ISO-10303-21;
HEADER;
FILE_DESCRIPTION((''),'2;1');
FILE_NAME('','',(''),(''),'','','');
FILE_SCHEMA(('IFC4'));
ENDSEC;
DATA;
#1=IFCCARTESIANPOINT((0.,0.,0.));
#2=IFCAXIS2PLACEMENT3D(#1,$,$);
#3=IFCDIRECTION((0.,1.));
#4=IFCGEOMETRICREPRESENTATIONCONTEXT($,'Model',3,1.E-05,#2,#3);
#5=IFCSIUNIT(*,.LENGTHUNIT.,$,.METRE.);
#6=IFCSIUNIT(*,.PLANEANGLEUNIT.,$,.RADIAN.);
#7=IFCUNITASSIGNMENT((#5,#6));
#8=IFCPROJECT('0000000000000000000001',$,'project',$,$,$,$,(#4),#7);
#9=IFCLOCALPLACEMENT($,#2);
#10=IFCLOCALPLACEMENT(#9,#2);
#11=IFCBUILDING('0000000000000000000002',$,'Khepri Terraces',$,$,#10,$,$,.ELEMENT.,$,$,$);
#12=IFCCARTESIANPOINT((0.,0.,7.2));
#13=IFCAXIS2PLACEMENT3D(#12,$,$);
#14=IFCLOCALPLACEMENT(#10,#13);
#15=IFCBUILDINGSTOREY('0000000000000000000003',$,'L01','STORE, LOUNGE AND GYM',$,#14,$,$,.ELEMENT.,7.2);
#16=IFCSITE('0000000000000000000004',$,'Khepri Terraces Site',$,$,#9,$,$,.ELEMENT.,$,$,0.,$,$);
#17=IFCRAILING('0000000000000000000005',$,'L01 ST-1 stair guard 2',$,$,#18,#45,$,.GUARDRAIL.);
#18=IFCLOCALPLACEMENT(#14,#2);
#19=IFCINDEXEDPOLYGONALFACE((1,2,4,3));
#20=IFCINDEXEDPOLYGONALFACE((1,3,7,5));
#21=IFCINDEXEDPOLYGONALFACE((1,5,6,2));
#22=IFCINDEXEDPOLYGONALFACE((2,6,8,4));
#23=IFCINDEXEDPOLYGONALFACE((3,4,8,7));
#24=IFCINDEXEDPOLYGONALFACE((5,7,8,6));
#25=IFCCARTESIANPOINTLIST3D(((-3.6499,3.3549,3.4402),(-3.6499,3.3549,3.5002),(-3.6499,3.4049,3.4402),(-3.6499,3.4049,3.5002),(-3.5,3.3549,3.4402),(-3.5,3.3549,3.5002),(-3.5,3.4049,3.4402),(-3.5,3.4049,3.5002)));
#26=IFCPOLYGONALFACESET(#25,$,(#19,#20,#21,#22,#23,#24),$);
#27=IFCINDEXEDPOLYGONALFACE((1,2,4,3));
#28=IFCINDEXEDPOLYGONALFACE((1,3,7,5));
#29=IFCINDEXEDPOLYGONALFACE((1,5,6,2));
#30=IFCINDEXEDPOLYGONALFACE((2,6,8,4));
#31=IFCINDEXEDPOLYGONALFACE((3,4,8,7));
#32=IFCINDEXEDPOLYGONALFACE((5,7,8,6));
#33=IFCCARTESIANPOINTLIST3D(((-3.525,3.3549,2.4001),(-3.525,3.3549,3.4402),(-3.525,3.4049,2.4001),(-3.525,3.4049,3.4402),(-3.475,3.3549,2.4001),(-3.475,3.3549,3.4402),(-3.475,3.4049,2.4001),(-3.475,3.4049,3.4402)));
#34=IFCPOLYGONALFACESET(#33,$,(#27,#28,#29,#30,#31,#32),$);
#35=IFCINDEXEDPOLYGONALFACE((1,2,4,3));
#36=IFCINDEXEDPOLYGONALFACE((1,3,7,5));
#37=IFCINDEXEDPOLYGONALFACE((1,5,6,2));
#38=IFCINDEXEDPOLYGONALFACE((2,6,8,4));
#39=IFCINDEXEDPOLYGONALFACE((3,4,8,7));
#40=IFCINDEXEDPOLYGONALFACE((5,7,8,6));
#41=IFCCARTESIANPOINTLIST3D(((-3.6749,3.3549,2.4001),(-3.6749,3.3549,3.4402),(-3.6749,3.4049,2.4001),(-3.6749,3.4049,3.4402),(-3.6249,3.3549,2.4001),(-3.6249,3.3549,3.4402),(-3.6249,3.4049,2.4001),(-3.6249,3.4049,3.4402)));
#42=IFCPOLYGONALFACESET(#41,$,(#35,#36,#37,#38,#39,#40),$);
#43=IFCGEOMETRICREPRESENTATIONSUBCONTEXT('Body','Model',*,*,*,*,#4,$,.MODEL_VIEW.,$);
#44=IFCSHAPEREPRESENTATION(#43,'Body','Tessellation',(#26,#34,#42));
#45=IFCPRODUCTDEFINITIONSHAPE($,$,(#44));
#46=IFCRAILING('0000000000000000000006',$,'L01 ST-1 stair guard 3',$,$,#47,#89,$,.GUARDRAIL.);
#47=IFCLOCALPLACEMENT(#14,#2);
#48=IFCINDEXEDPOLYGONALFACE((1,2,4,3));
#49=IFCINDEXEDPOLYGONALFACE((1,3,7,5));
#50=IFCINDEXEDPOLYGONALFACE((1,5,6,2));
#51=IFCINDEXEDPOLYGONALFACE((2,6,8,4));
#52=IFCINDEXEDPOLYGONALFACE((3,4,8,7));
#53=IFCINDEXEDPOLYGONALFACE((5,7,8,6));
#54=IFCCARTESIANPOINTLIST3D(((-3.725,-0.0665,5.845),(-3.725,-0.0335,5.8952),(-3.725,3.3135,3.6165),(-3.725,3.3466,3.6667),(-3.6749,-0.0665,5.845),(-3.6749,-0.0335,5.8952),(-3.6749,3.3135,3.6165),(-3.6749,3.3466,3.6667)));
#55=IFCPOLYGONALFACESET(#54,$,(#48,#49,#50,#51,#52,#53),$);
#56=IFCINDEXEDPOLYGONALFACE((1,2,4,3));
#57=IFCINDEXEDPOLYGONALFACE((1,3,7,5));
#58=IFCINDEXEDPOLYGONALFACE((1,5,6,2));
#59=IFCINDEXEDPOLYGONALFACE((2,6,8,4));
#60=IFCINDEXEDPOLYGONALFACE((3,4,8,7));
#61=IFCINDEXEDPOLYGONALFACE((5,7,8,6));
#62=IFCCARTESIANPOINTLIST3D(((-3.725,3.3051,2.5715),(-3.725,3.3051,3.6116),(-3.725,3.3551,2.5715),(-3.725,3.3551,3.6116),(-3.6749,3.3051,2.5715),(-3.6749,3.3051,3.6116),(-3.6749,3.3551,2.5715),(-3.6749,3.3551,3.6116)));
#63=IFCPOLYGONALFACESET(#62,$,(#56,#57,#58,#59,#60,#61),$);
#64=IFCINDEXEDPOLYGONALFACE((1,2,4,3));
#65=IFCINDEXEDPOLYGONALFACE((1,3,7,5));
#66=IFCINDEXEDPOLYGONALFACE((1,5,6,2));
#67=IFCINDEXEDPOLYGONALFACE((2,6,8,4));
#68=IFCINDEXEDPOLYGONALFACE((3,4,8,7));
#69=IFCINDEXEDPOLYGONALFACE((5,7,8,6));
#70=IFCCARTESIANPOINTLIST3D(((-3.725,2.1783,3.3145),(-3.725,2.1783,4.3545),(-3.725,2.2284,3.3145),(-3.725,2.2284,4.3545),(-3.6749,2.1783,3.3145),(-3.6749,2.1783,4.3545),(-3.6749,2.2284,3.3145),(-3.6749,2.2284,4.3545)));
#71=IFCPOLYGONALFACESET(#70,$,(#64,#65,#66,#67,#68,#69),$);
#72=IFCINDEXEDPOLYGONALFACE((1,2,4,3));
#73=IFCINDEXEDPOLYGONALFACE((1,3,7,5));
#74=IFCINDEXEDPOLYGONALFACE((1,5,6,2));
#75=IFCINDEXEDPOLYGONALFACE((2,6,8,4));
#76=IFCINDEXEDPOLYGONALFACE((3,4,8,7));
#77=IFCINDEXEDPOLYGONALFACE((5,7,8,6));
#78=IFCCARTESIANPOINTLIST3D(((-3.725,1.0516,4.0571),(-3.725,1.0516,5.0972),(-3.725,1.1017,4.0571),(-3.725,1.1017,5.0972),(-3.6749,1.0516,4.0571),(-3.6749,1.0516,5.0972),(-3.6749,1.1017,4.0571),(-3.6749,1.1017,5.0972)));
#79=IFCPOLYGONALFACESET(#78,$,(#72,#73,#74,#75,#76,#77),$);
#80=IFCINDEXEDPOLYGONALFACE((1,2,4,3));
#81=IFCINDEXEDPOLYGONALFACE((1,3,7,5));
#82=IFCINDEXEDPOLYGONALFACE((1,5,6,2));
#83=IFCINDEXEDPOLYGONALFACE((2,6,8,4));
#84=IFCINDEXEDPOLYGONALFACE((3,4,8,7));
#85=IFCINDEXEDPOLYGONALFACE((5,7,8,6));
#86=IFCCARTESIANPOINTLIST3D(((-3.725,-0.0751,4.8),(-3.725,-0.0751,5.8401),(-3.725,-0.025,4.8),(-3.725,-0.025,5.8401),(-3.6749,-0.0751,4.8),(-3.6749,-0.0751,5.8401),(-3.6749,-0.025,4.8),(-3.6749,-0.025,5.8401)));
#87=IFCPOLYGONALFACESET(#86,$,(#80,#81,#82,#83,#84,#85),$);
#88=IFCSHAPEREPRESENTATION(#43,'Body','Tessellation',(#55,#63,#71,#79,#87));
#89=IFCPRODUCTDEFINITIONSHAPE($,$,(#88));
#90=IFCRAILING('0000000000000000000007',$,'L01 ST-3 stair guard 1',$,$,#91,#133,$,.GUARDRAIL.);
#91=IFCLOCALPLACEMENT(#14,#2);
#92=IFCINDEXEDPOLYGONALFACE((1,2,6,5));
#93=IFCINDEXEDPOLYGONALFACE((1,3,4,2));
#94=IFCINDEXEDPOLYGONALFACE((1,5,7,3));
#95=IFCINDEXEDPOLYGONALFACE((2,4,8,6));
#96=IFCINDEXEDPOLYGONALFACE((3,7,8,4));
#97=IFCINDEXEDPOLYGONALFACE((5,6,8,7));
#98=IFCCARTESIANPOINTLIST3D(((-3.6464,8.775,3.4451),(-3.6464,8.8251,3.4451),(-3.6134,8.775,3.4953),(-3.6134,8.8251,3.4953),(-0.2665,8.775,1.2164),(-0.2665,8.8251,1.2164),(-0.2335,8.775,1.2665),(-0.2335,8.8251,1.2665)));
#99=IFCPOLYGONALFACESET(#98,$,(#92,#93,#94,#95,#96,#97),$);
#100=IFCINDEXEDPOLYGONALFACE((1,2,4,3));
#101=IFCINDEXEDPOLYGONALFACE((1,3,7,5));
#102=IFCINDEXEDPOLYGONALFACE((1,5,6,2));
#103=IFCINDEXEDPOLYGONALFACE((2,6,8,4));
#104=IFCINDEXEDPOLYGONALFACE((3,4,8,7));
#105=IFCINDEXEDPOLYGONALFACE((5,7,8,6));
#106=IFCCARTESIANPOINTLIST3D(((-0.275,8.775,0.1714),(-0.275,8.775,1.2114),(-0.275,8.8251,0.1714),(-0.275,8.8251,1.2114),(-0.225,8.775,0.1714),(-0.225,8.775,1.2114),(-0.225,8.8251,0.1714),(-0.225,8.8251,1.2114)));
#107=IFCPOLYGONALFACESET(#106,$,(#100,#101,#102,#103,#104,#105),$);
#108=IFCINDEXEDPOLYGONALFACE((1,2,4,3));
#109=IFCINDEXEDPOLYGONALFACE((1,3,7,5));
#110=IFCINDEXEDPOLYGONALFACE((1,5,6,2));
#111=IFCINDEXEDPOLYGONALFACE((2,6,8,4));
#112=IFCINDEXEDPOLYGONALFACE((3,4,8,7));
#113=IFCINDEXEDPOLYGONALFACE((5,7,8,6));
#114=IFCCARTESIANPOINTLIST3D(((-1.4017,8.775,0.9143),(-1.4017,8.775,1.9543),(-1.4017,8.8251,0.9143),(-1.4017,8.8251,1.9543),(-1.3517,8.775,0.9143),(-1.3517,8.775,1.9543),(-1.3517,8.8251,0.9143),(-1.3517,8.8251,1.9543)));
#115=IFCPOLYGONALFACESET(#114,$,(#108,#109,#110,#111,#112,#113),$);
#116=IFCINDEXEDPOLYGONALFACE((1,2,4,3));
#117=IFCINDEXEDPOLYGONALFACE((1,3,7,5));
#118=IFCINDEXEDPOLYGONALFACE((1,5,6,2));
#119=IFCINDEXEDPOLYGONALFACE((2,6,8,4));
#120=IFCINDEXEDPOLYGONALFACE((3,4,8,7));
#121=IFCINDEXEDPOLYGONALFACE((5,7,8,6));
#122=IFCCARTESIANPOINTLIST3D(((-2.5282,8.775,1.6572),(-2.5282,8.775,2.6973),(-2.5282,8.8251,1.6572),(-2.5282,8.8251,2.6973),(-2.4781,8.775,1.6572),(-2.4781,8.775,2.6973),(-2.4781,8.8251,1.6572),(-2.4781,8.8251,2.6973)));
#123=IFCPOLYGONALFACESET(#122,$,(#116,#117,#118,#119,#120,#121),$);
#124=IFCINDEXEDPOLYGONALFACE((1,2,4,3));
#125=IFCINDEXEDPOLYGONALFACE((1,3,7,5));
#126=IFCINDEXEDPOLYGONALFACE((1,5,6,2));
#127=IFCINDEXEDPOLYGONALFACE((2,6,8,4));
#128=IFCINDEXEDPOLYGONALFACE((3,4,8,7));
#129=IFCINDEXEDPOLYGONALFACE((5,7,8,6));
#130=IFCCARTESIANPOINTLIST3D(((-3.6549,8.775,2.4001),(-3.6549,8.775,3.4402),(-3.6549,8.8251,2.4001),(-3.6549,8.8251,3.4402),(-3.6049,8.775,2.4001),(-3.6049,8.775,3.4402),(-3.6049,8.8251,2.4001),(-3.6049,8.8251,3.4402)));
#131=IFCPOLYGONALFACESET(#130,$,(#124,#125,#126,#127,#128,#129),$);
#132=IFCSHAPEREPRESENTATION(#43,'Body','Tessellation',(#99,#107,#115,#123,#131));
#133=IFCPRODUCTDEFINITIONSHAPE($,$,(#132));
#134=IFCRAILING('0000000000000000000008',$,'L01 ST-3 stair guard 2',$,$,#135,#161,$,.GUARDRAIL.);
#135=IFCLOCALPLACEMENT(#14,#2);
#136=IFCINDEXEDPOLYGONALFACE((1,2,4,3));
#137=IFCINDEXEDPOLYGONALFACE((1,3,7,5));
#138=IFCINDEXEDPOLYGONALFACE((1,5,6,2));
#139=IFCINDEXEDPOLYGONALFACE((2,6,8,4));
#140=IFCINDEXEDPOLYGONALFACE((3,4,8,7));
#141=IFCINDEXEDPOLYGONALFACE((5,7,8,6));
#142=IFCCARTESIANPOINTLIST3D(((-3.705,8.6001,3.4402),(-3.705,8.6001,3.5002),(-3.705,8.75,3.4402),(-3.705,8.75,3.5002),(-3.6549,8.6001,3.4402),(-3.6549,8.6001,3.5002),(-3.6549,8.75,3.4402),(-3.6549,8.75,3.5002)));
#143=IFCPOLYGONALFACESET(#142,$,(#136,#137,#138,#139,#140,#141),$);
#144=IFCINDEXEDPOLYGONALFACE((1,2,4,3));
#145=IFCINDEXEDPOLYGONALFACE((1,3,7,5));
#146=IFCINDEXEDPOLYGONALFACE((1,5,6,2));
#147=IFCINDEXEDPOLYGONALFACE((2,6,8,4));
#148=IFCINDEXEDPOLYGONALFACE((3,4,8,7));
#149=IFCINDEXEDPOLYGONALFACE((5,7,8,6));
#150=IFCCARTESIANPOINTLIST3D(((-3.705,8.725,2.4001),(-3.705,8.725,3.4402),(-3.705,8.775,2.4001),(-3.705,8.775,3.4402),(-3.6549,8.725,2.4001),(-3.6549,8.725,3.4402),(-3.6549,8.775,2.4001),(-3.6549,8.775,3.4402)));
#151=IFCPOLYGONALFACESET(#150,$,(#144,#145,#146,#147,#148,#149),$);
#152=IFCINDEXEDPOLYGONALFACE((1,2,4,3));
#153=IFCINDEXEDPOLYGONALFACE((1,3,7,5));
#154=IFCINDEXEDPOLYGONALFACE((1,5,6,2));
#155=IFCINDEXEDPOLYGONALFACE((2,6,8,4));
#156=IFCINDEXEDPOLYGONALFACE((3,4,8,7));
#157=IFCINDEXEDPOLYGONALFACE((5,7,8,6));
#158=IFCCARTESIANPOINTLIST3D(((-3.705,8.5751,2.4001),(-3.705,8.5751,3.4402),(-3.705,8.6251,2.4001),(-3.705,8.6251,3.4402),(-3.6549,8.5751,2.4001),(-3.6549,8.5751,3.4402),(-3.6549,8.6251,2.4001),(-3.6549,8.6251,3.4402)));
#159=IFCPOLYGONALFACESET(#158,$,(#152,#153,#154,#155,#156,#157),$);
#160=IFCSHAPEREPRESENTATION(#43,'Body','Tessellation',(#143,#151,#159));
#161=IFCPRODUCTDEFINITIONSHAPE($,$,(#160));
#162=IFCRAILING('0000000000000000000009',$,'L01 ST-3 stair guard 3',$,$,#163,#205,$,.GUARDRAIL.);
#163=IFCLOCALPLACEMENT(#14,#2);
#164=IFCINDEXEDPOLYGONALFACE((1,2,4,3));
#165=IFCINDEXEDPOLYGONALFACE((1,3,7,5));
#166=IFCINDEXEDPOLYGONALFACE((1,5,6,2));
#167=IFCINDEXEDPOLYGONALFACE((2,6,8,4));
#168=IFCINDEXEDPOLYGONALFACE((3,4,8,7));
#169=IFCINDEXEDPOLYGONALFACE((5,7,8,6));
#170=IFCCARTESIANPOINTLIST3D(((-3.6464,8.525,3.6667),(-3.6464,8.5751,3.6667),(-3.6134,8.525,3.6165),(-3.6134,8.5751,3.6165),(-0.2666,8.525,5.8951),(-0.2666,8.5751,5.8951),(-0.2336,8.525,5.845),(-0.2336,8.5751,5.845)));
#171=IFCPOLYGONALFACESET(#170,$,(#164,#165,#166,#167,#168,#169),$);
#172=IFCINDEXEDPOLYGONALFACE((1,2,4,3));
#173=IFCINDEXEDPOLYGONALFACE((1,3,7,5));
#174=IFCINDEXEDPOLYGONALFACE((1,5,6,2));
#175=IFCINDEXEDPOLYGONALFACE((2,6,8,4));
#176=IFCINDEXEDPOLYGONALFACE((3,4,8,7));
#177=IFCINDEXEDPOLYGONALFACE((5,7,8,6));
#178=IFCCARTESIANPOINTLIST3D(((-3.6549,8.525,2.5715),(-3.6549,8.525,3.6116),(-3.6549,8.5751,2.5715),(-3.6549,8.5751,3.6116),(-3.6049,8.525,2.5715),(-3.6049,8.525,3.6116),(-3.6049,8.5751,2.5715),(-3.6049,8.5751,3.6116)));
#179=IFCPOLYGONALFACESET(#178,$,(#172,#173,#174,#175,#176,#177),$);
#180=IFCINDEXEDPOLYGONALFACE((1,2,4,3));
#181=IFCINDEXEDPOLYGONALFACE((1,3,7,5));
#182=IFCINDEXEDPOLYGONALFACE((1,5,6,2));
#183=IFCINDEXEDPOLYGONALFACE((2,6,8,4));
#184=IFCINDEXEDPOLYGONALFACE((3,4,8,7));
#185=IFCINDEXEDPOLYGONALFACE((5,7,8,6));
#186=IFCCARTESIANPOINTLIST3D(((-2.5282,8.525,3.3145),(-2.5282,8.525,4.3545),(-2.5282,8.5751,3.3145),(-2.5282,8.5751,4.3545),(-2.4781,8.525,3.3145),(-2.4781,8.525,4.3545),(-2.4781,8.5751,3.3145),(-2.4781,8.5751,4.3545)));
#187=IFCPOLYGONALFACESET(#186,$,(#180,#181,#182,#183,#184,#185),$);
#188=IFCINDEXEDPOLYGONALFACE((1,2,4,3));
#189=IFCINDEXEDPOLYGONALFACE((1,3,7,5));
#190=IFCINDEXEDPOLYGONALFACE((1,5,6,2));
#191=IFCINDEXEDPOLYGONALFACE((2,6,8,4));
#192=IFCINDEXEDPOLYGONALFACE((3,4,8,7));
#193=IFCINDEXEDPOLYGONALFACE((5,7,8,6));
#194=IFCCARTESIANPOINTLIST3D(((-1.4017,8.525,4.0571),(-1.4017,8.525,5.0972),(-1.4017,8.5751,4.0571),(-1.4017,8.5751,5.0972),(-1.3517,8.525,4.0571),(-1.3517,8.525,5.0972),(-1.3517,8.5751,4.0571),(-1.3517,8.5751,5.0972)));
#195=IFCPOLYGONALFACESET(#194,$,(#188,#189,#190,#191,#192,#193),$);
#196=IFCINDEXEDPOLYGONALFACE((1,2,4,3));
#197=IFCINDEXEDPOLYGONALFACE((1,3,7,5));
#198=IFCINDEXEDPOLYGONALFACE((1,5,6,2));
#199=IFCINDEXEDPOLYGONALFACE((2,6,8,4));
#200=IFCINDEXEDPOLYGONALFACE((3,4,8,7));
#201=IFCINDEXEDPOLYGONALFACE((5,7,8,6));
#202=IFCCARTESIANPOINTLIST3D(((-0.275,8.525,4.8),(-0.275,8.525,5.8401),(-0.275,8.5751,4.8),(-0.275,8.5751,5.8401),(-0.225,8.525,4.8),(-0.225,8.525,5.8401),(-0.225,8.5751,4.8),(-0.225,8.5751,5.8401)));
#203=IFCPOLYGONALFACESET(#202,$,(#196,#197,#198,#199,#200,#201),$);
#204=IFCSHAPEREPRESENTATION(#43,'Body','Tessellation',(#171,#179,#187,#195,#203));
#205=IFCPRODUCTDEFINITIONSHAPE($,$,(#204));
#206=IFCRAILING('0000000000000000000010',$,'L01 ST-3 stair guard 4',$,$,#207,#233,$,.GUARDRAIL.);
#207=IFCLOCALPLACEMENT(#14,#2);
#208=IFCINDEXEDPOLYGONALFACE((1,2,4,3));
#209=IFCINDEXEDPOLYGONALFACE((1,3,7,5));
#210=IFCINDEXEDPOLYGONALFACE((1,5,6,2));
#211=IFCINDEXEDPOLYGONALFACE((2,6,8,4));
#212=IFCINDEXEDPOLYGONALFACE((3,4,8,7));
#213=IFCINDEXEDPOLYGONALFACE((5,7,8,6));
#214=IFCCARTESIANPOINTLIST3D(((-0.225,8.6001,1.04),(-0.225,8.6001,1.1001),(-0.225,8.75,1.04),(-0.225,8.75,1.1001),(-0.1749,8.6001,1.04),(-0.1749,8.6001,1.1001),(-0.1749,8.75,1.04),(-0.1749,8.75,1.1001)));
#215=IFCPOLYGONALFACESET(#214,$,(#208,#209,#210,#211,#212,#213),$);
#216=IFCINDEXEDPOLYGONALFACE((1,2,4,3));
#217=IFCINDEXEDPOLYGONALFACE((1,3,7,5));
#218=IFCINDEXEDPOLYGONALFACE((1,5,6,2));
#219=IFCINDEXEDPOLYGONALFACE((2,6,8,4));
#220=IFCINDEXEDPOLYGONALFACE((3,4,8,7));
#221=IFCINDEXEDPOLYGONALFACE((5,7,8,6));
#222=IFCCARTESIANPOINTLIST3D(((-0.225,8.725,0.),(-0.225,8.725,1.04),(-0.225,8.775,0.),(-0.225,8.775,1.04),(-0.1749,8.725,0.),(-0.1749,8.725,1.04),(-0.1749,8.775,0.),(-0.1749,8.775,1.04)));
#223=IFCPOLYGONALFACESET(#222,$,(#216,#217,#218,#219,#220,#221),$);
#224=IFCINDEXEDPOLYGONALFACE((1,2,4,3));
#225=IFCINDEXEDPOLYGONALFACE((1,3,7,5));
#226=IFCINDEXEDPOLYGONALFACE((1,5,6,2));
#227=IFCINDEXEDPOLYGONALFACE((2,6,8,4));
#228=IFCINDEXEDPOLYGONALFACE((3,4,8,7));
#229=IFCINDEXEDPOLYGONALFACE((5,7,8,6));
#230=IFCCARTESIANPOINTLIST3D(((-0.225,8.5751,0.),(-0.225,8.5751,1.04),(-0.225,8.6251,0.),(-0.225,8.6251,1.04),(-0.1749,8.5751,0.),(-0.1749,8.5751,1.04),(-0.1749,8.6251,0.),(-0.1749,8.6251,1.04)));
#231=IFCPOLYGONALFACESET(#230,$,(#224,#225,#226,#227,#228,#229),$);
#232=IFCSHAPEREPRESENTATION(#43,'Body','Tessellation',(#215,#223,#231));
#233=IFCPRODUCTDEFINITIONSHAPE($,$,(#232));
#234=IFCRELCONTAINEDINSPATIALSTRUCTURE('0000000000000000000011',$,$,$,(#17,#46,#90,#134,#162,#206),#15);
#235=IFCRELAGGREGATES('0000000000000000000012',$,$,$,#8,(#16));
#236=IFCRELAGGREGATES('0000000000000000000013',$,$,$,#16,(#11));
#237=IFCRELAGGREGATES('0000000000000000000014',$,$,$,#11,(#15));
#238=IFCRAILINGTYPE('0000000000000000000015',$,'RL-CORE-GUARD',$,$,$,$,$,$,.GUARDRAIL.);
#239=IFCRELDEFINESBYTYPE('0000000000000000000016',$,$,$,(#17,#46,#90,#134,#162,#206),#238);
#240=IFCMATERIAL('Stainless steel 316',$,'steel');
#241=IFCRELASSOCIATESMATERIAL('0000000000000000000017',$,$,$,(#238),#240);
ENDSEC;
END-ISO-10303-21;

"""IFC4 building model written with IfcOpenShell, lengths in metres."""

from ifc_helpers import new_model, si_unit, direction, frame, origin, origin_2d, place, context, subcontext, project, spatial, rectangle, extrude, material, type_object, element, save


model = new_model("IFC4")

# Units and contexts
model_context = context("Model", 3, precision=1e-05, world=origin(), true_north=direction((0.0, 1.0)))
body_context = subcontext(model_context, "Body", "Model", "MODEL_VIEW")
ifc_project = project(units=[si_unit("LENGTHUNIT", "METRE"), si_unit("PLANEANGLEUNIT", "RADIAN")], contexts=[model_context])

# Site, building, storey
site_placement = place(None, origin())
site = spatial("IfcSite", under=ifc_project, at=site_placement, Name="Khepri Terraces Site", CompositionType="ELEMENT", RefElevation=0.0)
building_placement = place(site_placement, origin())
building = spatial("IfcBuilding", under=site, at=building_placement, Name="Khepri Terraces", CompositionType="ELEMENT")
storey_placement = place(building_placement, frame((0.0, 0.0, 7.2)))
storey = spatial("IfcBuildingStorey", under=building, at=storey_placement, Name="L01", Description="STORE, LOUNGE AND GYM", CompositionType="ELEMENT", Elevation=7.2)

# Railings
ifc_material_1 = material(Name="Stainless steel 316", Category="steel")
railing_type_1 = type_object("IfcRailingType", Name="RL-CORE-GUARD", PredefinedType="GUARDRAIL", material=ifc_material_1)
railing_1_placement = place(storey_placement, frame((-3.5, 3.3799, 2.4001)))
element("IfcRailing", 1, at=railing_1_placement, inside=storey, type_object=railing_type_1, Name="L01 ST-1 stair guard 2", PredefinedType="GUARDRAIL", context=body_context, shape_type="SweptSolid", body=[
    extrude(rectangle(XDim=0.05, YDim=0.0601, at=origin_2d()), frame((0.0, 0.0, 1.0701), z_axis=(-1.0, 0.0, 0.0), x_axis=(0.0, -1.0, 0.0)), (0.0, 0.0, 1.0), 0.1499),
    extrude(rectangle(XDim=0.05, YDim=0.05, at=origin_2d()), origin(), (0.0, 0.0, 1.0), 1.04),
    extrude(rectangle(XDim=0.05, YDim=0.05, at=origin_2d()), frame((-0.1499, 0.0, 0.0)), (0.0, 0.0, 1.0), 1.04),
])
railing_2_placement = place(storey_placement, frame((-3.7, 3.3301, 2.5715)))
element("IfcRailing", 2, at=railing_2_placement, inside=storey, type_object=railing_type_1, Name="L01 ST-1 stair guard 3", PredefinedType="GUARDRAIL", context=body_context, shape_type="SweptSolid", body=[
    extrude(rectangle(XDim=0.05, YDim=0.0601, at=origin_2d()), frame((0.0, 0.0, 1.0701), z_axis=(0.0, -0.834878, 0.550435), x_axis=(1.0, 0.0, 0.0)), (0.0, 0.0, 1.0), 4.0486),
    extrude(rectangle(XDim=0.05, YDim=0.05, at=origin_2d()), origin(), (0.0, 0.0, 1.0), 1.04),
    extrude(rectangle(XDim=0.05, YDim=0.05, at=origin_2d()), frame((0.0, -1.1267, 0.7429)), (0.0, 0.0, 1.0), 1.04),
    extrude(rectangle(XDim=0.05, YDim=0.05, at=origin_2d()), frame((0.0, -2.2534, 1.4856)), (0.0, 0.0, 1.0), 1.04),
    extrude(rectangle(XDim=0.05, YDim=0.05, at=origin_2d()), frame((0.0, -3.3801, 2.2285)), (0.0, 0.0, 1.0), 1.04),
])
railing_3_placement = place(storey_placement, frame((-0.25, 8.8, 0.1714)))
element("IfcRailing", 3, at=railing_3_placement, inside=storey, type_object=railing_type_1, Name="L01 ST-3 stair guard 1", PredefinedType="GUARDRAIL", context=body_context, shape_type="SweptSolid", body=[
    extrude(rectangle(XDim=0.05, YDim=0.0601, at=origin_2d()), frame((0.0, 0.0, 1.0701), z_axis=(-0.834832, 0.0, 0.550504), x_axis=(0.0, -1.0, 0.0)), (0.0, 0.0, 1.0), 4.0486),
    extrude(rectangle(XDim=0.05, YDim=0.05, at=origin_2d()), origin(), (0.0, 0.0, 1.0), 1.04),
    extrude(rectangle(XDim=0.05, YDim=0.05, at=origin_2d()), frame((-1.1267, 0.0, 0.7429)), (0.0, 0.0, 1.0), 1.04),
    extrude(rectangle(XDim=0.05, YDim=0.05, at=origin_2d()), frame((-2.2532, 0.0, 1.4858)), (0.0, 0.0, 1.0), 1.04),
    extrude(rectangle(XDim=0.05, YDim=0.05, at=origin_2d()), frame((-3.3799, 0.0, 2.2288)), (0.0, 0.0, 1.0), 1.04),
])
railing_4_placement = place(storey_placement, frame((-3.6799, 8.75, 2.4001)))
element("IfcRailing", 4, at=railing_4_placement, inside=storey, type_object=railing_type_1, Name="L01 ST-3 stair guard 2", PredefinedType="GUARDRAIL", context=body_context, shape_type="SweptSolid", body=[
    extrude(rectangle(XDim=0.05, YDim=0.0601, at=origin_2d()), frame((0.0, 0.0, 1.0701), z_axis=(0.0, -1.0, 0.0), x_axis=(1.0, 0.0, 0.0)), (0.0, 0.0, 1.0), 0.1499),
    extrude(rectangle(XDim=0.05, YDim=0.05, at=origin_2d()), origin(), (0.0, 0.0, 1.0), 1.04),
    extrude(rectangle(XDim=0.05, YDim=0.05, at=origin_2d()), frame((0.0, -0.1499, 0.0)), (0.0, 0.0, 1.0), 1.04),
])
railing_5_placement = place(storey_placement, frame((-3.6299, 8.55, 2.5715)))
element("IfcRailing", 5, at=railing_5_placement, inside=storey, type_object=railing_type_1, Name="L01 ST-3 stair guard 3", PredefinedType="GUARDRAIL", context=body_context, shape_type="SweptSolid", body=[
    extrude(rectangle(XDim=0.05, YDim=0.0601, at=origin_2d()), frame((0.0, 0.0, 1.0701), z_axis=(0.83486, 0.0, 0.550462), x_axis=(0.0, 1.0, 0.0)), (0.0, 0.0, 1.0), 4.0483),
    extrude(rectangle(XDim=0.05, YDim=0.05, at=origin_2d()), origin(), (0.0, 0.0, 1.0), 1.04),
    extrude(rectangle(XDim=0.05, YDim=0.05, at=origin_2d()), frame((1.1267, 0.0, 0.7429)), (0.0, 0.0, 1.0), 1.04),
    extrude(rectangle(XDim=0.05, YDim=0.05, at=origin_2d()), frame((2.2532, 0.0, 1.4856)), (0.0, 0.0, 1.0), 1.04),
    extrude(rectangle(XDim=0.05, YDim=0.05, at=origin_2d()), frame((3.3799, 0.0, 2.2285)), (0.0, 0.0, 1.0), 1.04),
])
railing_6_placement = place(storey_placement, frame((-0.2, 8.75, 0.0)))
element("IfcRailing", 6, at=railing_6_placement, inside=storey, type_object=railing_type_1, Name="L01 ST-3 stair guard 4", PredefinedType="GUARDRAIL", context=body_context, shape_type="SweptSolid", body=[
    extrude(rectangle(XDim=0.05, YDim=0.0601, at=origin_2d()), frame((0.0, 0.0, 1.0701), z_axis=(0.0, -1.0, 0.0), x_axis=(1.0, 0.0, 0.0)), (0.0, 0.0, 1.0), 0.1499),
    extrude(rectangle(XDim=0.05, YDim=0.05, at=origin_2d()), origin(), (0.0, 0.0, 1.0), 1.04),
    extrude(rectangle(XDim=0.05, YDim=0.05, at=origin_2d()), frame((0.0, -0.1499, 0.0)), (0.0, 0.0, 1.0), 1.04),
])

save(model, "model.ifc")
